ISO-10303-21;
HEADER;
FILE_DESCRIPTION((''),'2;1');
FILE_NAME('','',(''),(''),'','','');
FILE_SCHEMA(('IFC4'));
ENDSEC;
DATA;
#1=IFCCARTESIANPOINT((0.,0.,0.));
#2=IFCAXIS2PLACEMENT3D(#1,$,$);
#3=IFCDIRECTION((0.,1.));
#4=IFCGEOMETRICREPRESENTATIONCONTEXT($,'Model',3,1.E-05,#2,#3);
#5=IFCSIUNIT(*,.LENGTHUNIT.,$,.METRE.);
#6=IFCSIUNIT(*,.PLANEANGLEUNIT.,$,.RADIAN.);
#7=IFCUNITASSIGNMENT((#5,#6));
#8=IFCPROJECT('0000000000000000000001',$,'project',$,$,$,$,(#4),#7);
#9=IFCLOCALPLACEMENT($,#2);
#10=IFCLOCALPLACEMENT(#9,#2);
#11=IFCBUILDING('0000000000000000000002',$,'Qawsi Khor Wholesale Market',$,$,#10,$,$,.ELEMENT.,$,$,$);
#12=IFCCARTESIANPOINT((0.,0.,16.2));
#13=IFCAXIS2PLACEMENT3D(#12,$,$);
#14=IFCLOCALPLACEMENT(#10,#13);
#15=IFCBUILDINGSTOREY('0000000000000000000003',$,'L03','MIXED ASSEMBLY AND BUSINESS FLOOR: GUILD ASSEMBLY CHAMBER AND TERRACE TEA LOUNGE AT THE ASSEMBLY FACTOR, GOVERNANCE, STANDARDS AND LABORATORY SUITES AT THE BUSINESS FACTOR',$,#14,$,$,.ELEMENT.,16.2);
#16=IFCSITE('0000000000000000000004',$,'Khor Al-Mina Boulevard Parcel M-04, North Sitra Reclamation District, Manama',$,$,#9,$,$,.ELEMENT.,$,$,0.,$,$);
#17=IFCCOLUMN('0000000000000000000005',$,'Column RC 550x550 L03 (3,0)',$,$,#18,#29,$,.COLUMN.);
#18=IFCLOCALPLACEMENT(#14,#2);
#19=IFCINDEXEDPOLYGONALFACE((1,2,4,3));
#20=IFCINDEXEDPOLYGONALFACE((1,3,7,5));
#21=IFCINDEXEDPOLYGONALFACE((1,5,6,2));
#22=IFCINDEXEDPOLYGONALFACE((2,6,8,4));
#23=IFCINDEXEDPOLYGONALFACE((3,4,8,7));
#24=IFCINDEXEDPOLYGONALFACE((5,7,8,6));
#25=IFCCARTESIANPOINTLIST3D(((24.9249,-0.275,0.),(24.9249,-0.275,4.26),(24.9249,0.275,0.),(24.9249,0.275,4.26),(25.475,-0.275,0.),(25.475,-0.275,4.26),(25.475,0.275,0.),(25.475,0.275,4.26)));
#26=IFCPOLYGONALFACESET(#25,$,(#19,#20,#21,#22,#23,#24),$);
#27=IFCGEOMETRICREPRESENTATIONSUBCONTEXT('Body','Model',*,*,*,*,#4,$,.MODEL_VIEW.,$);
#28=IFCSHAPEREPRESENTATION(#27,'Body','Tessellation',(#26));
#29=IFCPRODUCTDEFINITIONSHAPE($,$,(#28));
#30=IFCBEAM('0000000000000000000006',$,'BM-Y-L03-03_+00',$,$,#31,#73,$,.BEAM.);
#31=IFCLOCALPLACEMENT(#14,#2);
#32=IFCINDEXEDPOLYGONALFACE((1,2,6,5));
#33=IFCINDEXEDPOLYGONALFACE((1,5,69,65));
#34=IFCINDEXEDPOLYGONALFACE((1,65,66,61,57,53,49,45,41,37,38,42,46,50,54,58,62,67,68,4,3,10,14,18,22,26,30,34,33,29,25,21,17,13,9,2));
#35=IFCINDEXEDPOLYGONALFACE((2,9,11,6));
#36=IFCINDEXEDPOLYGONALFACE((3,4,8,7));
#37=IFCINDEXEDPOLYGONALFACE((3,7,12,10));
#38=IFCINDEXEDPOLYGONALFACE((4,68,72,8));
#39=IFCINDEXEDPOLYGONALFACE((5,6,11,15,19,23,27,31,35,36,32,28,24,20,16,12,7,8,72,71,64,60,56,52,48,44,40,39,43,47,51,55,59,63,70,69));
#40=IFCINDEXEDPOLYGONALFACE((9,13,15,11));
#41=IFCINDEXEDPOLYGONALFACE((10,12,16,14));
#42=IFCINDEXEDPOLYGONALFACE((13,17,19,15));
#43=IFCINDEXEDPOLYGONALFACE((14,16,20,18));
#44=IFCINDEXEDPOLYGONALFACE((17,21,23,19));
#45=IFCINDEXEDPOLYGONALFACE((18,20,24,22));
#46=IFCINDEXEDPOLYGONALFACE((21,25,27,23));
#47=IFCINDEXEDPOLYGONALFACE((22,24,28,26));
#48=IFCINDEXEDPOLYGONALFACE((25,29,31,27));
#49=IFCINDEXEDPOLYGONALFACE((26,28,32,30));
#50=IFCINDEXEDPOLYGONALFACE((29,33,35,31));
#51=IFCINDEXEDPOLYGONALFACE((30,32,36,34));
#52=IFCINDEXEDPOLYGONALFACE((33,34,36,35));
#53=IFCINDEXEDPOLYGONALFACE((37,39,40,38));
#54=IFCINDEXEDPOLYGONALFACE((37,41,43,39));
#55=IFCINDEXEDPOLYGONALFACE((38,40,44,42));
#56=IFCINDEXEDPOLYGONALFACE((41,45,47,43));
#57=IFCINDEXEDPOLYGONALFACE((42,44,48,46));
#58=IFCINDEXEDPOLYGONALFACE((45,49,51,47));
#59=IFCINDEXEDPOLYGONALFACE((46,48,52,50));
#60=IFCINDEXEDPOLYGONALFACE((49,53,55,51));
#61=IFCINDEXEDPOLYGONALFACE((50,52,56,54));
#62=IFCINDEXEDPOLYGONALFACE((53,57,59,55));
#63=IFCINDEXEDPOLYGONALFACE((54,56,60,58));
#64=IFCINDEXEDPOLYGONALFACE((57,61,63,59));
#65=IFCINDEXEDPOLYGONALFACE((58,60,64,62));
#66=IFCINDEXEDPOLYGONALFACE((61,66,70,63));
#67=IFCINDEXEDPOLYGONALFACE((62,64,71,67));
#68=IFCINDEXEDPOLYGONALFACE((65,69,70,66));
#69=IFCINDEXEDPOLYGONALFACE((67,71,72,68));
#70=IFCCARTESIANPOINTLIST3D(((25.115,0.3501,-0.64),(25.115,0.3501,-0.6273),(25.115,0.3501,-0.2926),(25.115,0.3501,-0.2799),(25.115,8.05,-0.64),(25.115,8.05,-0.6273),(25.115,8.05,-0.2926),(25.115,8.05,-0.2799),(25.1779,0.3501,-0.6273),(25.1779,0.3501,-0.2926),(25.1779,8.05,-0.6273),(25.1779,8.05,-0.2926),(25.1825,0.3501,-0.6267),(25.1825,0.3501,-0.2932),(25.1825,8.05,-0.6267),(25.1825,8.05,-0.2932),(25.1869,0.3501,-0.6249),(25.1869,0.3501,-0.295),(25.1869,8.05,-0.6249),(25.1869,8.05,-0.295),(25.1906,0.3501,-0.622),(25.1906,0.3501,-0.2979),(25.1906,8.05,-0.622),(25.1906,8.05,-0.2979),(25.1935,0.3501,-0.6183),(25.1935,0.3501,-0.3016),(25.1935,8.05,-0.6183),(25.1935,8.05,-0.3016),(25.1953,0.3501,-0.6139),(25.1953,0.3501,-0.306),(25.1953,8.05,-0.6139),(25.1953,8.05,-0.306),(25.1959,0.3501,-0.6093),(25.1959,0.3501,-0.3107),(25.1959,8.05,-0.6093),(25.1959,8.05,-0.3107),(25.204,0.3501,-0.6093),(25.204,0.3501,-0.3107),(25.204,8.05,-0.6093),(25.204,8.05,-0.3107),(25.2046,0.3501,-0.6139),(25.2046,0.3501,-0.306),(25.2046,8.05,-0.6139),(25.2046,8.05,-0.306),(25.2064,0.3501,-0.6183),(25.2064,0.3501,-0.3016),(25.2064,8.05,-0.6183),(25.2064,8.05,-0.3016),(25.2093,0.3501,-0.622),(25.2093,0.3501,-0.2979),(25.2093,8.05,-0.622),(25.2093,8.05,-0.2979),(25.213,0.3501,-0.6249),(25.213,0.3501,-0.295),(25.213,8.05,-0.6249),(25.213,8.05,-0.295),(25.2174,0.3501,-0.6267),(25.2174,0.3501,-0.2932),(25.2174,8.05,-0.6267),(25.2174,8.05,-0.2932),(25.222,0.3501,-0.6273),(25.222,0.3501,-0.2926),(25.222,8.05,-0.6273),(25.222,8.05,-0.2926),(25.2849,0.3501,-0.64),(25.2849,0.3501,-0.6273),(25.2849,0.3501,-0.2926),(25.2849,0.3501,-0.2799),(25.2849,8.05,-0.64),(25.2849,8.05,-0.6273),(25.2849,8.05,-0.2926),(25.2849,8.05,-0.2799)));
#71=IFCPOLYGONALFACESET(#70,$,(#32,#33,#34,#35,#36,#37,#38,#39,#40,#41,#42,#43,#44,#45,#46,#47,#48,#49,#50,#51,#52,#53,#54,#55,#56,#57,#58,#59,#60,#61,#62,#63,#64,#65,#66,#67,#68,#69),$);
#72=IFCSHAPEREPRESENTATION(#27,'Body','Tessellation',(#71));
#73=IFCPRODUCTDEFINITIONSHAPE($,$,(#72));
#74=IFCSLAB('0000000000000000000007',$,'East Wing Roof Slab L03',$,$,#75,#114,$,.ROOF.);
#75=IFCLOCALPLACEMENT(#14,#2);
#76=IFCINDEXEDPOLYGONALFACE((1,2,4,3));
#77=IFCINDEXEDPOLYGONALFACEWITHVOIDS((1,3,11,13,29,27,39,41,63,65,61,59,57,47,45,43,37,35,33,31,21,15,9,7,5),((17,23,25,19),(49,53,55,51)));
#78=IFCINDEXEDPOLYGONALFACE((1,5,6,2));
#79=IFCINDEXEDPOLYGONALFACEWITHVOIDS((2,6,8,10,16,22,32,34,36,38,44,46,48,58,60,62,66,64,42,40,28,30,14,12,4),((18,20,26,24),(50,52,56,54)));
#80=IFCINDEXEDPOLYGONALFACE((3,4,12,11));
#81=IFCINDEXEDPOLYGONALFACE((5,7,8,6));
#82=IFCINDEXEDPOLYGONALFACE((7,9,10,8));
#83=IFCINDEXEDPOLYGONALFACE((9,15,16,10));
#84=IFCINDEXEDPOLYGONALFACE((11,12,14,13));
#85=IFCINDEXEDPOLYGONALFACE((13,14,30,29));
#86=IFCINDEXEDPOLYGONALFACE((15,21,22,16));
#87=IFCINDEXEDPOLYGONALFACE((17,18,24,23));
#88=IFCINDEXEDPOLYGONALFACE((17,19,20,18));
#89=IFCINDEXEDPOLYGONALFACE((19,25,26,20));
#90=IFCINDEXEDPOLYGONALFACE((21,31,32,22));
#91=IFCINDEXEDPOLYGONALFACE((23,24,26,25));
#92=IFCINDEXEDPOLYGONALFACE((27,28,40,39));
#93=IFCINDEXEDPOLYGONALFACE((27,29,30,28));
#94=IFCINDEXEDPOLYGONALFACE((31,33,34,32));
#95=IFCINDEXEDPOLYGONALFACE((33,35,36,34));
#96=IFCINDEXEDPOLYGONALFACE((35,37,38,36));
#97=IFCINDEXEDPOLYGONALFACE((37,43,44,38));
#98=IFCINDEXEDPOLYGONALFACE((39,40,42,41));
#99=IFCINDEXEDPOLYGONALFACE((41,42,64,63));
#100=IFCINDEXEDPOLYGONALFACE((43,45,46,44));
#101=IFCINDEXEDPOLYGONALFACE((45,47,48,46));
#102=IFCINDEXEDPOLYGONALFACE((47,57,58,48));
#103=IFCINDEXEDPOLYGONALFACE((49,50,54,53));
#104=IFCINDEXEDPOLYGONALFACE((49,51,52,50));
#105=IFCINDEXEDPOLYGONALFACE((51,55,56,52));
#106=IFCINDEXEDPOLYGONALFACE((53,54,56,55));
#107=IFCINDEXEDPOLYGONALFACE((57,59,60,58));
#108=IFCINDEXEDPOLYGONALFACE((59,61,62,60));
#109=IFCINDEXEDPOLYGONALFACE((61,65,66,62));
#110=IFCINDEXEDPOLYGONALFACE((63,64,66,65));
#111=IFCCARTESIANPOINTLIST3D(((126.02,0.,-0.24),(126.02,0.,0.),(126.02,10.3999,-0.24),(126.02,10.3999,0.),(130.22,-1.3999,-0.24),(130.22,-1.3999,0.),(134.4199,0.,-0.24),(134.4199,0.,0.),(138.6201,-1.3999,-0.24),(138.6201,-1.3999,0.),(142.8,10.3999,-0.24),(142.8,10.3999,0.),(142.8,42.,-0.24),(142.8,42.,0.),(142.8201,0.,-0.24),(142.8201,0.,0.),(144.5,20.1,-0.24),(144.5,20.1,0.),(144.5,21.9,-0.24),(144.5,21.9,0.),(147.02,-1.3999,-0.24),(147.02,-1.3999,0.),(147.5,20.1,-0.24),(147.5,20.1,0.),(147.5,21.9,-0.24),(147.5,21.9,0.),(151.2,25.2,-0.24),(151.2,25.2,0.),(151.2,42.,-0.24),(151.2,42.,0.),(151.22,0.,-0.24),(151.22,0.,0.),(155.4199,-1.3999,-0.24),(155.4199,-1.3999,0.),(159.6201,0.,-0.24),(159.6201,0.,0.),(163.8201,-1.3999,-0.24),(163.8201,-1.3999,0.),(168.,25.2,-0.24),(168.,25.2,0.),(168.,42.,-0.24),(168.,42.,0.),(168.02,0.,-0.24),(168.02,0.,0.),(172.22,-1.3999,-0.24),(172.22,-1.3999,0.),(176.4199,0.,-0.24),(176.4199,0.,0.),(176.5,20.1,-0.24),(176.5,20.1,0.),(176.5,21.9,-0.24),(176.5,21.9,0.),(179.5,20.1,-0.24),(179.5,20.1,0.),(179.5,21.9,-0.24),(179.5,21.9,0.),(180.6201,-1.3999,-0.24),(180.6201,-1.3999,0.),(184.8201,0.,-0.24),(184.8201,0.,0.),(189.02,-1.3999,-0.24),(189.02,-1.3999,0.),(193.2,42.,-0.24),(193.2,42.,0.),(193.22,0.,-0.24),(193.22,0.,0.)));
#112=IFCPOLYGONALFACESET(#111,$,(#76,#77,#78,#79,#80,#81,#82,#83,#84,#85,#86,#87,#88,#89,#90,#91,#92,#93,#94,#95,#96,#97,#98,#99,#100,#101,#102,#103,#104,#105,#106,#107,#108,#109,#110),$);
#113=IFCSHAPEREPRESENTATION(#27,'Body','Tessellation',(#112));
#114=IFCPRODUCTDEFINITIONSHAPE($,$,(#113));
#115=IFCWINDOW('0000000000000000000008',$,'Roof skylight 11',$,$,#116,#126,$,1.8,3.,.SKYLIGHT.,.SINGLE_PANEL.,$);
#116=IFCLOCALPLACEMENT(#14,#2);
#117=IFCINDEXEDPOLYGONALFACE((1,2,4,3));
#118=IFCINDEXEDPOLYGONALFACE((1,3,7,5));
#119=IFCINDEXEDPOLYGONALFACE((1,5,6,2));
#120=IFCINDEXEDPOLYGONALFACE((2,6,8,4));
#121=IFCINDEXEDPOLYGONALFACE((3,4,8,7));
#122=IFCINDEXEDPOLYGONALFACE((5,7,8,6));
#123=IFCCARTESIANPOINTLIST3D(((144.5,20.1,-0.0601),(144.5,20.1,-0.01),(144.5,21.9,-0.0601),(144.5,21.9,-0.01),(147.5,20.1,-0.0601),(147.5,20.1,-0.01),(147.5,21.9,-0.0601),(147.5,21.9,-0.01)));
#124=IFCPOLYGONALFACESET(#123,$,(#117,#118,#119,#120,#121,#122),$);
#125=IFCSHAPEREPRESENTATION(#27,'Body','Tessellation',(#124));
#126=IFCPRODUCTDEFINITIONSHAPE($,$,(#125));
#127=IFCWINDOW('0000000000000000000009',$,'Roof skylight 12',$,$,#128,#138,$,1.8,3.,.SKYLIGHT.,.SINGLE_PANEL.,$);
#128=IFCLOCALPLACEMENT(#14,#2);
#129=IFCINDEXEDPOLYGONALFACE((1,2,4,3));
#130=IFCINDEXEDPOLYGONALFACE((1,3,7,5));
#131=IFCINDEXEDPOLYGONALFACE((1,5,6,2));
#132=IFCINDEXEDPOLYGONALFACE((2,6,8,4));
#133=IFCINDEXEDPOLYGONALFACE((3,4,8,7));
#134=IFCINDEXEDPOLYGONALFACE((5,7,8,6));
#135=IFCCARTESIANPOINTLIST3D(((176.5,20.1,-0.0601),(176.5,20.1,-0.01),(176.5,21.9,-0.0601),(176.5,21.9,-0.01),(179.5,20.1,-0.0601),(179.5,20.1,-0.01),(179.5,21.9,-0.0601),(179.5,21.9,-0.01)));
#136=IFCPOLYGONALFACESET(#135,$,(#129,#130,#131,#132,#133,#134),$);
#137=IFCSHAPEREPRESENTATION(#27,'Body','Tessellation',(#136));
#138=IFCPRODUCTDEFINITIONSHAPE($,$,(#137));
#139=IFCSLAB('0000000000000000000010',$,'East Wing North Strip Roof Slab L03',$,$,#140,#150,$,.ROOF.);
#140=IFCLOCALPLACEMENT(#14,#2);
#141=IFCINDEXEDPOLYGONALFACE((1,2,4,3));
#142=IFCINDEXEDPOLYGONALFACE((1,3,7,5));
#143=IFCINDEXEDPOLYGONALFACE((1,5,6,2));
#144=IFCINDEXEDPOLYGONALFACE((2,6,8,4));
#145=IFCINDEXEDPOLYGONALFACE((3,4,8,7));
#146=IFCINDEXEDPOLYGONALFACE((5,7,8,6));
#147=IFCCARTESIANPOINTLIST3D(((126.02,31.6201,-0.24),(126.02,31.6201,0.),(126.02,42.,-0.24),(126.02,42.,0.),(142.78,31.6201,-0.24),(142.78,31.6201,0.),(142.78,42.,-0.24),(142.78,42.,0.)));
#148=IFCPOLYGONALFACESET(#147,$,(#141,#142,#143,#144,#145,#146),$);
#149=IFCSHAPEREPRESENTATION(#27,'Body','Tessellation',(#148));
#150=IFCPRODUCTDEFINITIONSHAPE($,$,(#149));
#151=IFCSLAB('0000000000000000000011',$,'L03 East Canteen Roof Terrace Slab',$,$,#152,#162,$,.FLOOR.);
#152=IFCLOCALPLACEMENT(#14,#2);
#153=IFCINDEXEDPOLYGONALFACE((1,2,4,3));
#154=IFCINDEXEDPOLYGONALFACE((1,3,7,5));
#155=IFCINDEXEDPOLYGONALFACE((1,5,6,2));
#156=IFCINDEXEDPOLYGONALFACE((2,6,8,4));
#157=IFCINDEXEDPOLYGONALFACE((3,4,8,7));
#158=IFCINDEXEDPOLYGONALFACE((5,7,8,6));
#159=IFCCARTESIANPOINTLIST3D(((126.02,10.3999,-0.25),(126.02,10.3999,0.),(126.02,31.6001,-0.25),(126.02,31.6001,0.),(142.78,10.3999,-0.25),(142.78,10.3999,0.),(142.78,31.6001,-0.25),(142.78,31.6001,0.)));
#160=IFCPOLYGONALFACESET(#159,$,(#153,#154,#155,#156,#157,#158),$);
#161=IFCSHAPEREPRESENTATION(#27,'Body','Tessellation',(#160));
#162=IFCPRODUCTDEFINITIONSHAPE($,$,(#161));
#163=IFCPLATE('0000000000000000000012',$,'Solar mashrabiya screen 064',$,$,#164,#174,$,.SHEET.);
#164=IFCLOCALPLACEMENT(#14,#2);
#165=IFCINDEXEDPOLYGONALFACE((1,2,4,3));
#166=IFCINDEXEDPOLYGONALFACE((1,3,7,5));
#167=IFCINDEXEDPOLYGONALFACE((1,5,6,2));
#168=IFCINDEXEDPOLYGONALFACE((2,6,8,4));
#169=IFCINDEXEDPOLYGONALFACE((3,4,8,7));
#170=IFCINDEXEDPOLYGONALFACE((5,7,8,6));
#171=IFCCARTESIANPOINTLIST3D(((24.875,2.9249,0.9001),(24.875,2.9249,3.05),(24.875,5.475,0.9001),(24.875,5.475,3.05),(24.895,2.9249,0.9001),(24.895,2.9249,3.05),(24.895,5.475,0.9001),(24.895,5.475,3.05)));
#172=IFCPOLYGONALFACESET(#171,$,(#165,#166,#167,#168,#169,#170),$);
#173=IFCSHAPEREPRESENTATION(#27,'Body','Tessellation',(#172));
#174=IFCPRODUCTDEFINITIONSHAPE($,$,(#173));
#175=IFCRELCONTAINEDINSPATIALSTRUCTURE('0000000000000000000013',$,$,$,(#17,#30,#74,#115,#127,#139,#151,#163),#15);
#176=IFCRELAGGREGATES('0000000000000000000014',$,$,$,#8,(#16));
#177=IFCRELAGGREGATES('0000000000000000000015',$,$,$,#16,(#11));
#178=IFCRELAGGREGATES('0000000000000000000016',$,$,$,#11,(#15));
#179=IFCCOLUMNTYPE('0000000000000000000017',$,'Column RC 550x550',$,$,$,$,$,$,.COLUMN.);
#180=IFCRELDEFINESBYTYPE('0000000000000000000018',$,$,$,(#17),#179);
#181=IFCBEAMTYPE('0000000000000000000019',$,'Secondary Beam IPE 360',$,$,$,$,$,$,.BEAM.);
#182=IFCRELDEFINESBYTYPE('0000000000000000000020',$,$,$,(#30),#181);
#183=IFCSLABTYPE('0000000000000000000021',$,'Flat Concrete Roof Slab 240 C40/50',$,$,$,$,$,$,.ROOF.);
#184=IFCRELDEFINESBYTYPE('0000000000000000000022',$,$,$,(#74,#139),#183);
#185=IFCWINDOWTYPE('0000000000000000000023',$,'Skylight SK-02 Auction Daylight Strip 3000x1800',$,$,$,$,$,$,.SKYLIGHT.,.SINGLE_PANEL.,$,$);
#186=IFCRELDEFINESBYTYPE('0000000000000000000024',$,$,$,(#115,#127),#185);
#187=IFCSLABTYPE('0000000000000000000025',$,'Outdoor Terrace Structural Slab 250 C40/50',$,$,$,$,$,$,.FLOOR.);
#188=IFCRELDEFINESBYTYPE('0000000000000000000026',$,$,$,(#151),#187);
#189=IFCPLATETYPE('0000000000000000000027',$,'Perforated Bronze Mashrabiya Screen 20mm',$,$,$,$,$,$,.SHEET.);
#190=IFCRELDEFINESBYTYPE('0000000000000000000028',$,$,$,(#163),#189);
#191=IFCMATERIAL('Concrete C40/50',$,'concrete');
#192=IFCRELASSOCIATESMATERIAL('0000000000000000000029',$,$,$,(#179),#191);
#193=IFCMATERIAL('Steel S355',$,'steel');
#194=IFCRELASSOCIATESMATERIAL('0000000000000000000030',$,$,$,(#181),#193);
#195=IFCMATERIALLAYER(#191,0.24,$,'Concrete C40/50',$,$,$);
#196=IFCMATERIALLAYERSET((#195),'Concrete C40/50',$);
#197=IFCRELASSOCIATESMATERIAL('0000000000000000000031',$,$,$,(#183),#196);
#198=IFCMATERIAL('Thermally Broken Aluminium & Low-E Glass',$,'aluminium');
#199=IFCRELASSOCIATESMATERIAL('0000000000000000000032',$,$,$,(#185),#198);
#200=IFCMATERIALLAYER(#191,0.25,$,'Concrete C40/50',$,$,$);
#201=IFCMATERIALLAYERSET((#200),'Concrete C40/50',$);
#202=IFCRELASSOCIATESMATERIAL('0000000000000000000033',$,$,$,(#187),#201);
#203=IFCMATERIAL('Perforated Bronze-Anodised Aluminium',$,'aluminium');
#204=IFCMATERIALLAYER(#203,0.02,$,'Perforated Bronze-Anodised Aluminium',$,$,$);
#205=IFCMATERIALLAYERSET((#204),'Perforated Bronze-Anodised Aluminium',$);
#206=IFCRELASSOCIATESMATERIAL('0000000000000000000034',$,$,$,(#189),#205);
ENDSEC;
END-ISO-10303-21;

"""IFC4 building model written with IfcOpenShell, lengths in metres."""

from ifc_helpers import new_model, si_unit, direction, frame, frame_2d, origin, origin_2d, place, context, subcontext, project, spatial, polyline, rectangle, i_section, outline, extrude, material, layer, layer_set, material_profile, profile_set, type_object, element, fill, save


model = new_model("IFC4")

# Units and contexts
model_context = context("Model", 3, precision=1e-05, world=origin(), true_north=direction((0.0, 1.0)))
body_context = subcontext(model_context, "Body", "Model", "MODEL_VIEW")
ifc_project = project(units=[si_unit("LENGTHUNIT", "METRE"), si_unit("PLANEANGLEUNIT", "RADIAN")], contexts=[model_context])

# Site, building, storey
site_placement = place(None, origin())
site = spatial("IfcSite", under=ifc_project, at=site_placement, Name="Khor Al-Mina Boulevard Parcel M-04, North Sitra Reclamation District, Manama", CompositionType="ELEMENT", RefElevation=0.0)
building_placement = place(site_placement, origin())
building = spatial("IfcBuilding", under=site, at=building_placement, Name="Qawsi Khor Wholesale Market", CompositionType="ELEMENT")
storey_placement = place(building_placement, frame((0.0, 0.0, 16.2)))
storey = spatial("IfcBuildingStorey", under=building, at=storey_placement, Name="L03", Description="MIXED ASSEMBLY AND BUSINESS FLOOR: GUILD ASSEMBLY CHAMBER AND TERRACE TEA LOUNGE AT THE ASSEMBLY FACTOR, GOVERNANCE, STANDARDS AND LABORATORY SUITES AT THE BUSINESS FACTOR", CompositionType="ELEMENT", Elevation=16.2)

# Column
ifc_material_1 = material(Name="Concrete C40/50", Category="concrete")
ifc_material_profile_1 = material_profile(ifc_material_1, rectangle(XDim=0.55, YDim=0.55, at=origin_2d()), Name="RC 550x550")
ifc_profile_set_1 = profile_set([ifc_material_profile_1], Name="Concrete C40/50")
column_type = type_object("IfcColumnType", Name="Column RC 550x550", PredefinedType="COLUMN", material=ifc_profile_set_1)
column_placement = place(storey_placement, frame((25.2, 0.0, 0.0), z_axis=(0.0, 0.0, 1.0), x_axis=(1.0, 0.0, 0.0)))
element("IfcColumn", 1, at=column_placement, inside=storey, type_object=column_type, Name="Column RC 550x550 L03 (3,0)", PredefinedType="COLUMN", context=body_context, shape_type="SweptSolid", body=[
    extrude(rectangle(XDim=0.55, YDim=0.55, at=origin_2d()), origin(), (0.0, 0.0, 1.0), 4.26),
])

# Beam
ifc_material_2 = material(Name="Steel S355", Category="steel")
ifc_material_profile_2 = material_profile(ifc_material_2, i_section(OverallWidth=0.1699, OverallDepth=0.3601, WebThickness=0.0081, FlangeThickness=0.0127, FilletRadius=0.0181, at=origin_2d()), Name="IPE 360")
ifc_profile_set_2 = profile_set([ifc_material_profile_2], Name="Steel S355")
beam_type = type_object("IfcBeamType", Name="Secondary Beam IPE 360", PredefinedType="BEAM", material=ifc_profile_set_2)
beam_placement = place(storey_placement, frame((25.2, 0.3501, -0.46), z_axis=(0.0, 1.0, 0.0), x_axis=(-1.0, 0.0, 0.0)))
element("IfcBeam", 2, at=beam_placement, inside=storey, type_object=beam_type, Name="BM-Y-L03-03_+00", PredefinedType="BEAM", context=body_context, shape_type="SweptSolid", body=[
    extrude(i_section(OverallWidth=0.1699, OverallDepth=0.3601, WebThickness=0.0081, FlangeThickness=0.0127, FilletRadius=0.0181, at=origin_2d()), origin(), (0.0, 0.0, 1.0), 7.7),
])

# Slab, openings, windows
ifc_layer_1 = layer(ifc_material_1, 0.24, Name="Concrete C40/50")
ifc_layer_set_1 = layer_set([ifc_layer_1], Name="Concrete C40/50")
slab_type_1 = type_object("IfcSlabType", Name="Flat Concrete Roof Slab 240 C40/50", PredefinedType="ROOF", material=ifc_layer_set_1)
slab_1_placement = place(storey_placement, frame((0.0, 0.0, -0.24)))
slab_1 = element("IfcSlab", 3, at=slab_1_placement, inside=storey, type_object=slab_type_1, Name="East Wing Roof Slab L03", PredefinedType="ROOF", context=body_context, shape_type="SweptSolid", body=[
    extrude(outline(polyline([(126.02, 10.3999), (142.8, 10.3999), (142.8, 42.0), (151.2, 42.0), (151.2, 25.2), (168.0, 25.2), (168.0, 42.0), (193.2, 42.0), (193.22, 0.0), (189.02, -1.3999), (184.8201, 0.0), (180.6201, -1.3999), (176.4199, 0.0), (172.22, -1.3999), (168.02, 0.0), (163.8201, -1.3999), (159.6201, 0.0), (155.4199, -1.3999), (151.22, 0.0), (147.02, -1.3999), (142.8201, 0.0), (138.6201, -1.3999), (134.4199, 0.0), (130.22, -1.3999), (126.02, 0.0), (126.02, 10.3999)])), origin(), (0.0, 0.0, 1.0), 0.24),
])
opening_1_placement = place(slab_1_placement, frame((146.0, 21.0, -0.01)))
opening_1 = element("IfcOpeningElement", 4, at=opening_1_placement, cuts=slab_1, PredefinedType="OPENING", context=body_context, shape_type="SweptSolid", body=[
    extrude(rectangle(XDim=3.0, YDim=1.8, at=origin_2d()), origin(), (0.0, 0.0, 1.0), 0.26),
])
opening_2_placement = place(slab_1_placement, frame((178.0, 21.0, -0.01)))
opening_2 = element("IfcOpeningElement", 5, at=opening_2_placement, cuts=slab_1, PredefinedType="OPENING", context=body_context, shape_type="SweptSolid", body=[
    extrude(rectangle(XDim=3.0, YDim=1.8, at=origin_2d()), origin(), (0.0, 0.0, 1.0), 0.26),
])
ifc_material_3 = material(Name="Thermally Broken Aluminium & Low-E Glass", Category="aluminium")
window_type_1 = type_object("IfcWindowType", Name="Skylight SK-02 Auction Daylight Strip 3000x1800", PartitioningType="SINGLE_PANEL", PredefinedType="SKYLIGHT", material=ifc_material_3)
window_1_placement = place(opening_1_placement, frame((0.0, 0.0, 0.1899)))
window_1 = element("IfcWindow", 6, at=window_1_placement, inside=storey, type_object=window_type_1, Name="Roof skylight 11", OverallHeight=1.8, OverallWidth=3.0, PartitioningType="SINGLE_PANEL", PredefinedType="SKYLIGHT", context=body_context, shape_type="SweptSolid", body=[
    extrude(rectangle(XDim=3.0, YDim=1.8, at=origin_2d()), origin(), (0.0, 0.0, 1.0), 0.05),
])
fill(opening_1, window_1)
window_2_placement = place(opening_2_placement, frame((0.0, 0.0, 0.1899)))
window_2 = element("IfcWindow", 7, at=window_2_placement, inside=storey, type_object=window_type_1, Name="Roof skylight 12", OverallHeight=1.8, OverallWidth=3.0, PartitioningType="SINGLE_PANEL", PredefinedType="SKYLIGHT", context=body_context, shape_type="SweptSolid", body=[
    extrude(rectangle(XDim=3.0, YDim=1.8, at=origin_2d()), origin(), (0.0, 0.0, 1.0), 0.05),
])
fill(opening_2, window_2)

# Slabs
slab_2_placement = place(storey_placement, frame((0.0, 0.0, -0.24)))
element("IfcSlab", 8, at=slab_2_placement, inside=storey, type_object=slab_type_1, Name="East Wing North Strip Roof Slab L03", PredefinedType="ROOF", context=body_context, shape_type="SweptSolid", body=[
    extrude(outline(polyline([(126.02, 31.6201), (142.78, 31.6201), (142.78, 42.0), (126.02, 42.0), (126.02, 31.6201)])), origin(), (0.0, 0.0, 1.0), 0.24),
])
ifc_layer_2 = layer(ifc_material_1, 0.25, Name="Concrete C40/50")
ifc_layer_set_2 = layer_set([ifc_layer_2], Name="Concrete C40/50")
slab_type_2 = type_object("IfcSlabType", Name="Outdoor Terrace Structural Slab 250 C40/50", PredefinedType="FLOOR", material=ifc_layer_set_2)
slab_3_placement = place(storey_placement, frame((0.0, 0.0, -0.25)))
element("IfcSlab", 9, at=slab_3_placement, inside=storey, type_object=slab_type_2, Name="L03 East Canteen Roof Terrace Slab", PredefinedType="FLOOR", context=body_context, shape_type="SweptSolid", body=[
    extrude(outline(polyline([(126.02, 10.3999), (142.78, 10.3999), (142.78, 31.6001), (126.02, 31.6001), (126.02, 10.3999)])), origin(), (0.0, 0.0, 1.0), 0.25),
])

# Plate
ifc_material_4 = material(Name="Perforated Bronze-Anodised Aluminium", Category="aluminium")
ifc_layer_3 = layer(ifc_material_4, 0.02, Name="Perforated Bronze-Anodised Aluminium")
ifc_layer_set_3 = layer_set([ifc_layer_3], Name="Perforated Bronze-Anodised Aluminium")
plate_type = type_object("IfcPlateType", Name="Perforated Bronze Mashrabiya Screen 20mm", PredefinedType="SHEET", material=ifc_layer_set_3)
plate_1_placement = place(storey_placement, frame((24.885, 2.925, 0.9001), z_axis=(0.0, 0.0, 1.0), x_axis=(0.0, 1.0, 0.0)))
element("IfcPlate", 10, at=plate_1_placement, inside=storey, type_object=plate_type, Name="Solar mashrabiya screen 064", PredefinedType="SHEET", context=body_context, shape_type="SweptSolid", body=[
    extrude(rectangle(XDim=2.55, YDim=0.02, at=frame_2d((1.2749, 0.0))), origin(), (0.0, 0.0, 1.0), 2.1499),
])

save(model, "model.ifc")
